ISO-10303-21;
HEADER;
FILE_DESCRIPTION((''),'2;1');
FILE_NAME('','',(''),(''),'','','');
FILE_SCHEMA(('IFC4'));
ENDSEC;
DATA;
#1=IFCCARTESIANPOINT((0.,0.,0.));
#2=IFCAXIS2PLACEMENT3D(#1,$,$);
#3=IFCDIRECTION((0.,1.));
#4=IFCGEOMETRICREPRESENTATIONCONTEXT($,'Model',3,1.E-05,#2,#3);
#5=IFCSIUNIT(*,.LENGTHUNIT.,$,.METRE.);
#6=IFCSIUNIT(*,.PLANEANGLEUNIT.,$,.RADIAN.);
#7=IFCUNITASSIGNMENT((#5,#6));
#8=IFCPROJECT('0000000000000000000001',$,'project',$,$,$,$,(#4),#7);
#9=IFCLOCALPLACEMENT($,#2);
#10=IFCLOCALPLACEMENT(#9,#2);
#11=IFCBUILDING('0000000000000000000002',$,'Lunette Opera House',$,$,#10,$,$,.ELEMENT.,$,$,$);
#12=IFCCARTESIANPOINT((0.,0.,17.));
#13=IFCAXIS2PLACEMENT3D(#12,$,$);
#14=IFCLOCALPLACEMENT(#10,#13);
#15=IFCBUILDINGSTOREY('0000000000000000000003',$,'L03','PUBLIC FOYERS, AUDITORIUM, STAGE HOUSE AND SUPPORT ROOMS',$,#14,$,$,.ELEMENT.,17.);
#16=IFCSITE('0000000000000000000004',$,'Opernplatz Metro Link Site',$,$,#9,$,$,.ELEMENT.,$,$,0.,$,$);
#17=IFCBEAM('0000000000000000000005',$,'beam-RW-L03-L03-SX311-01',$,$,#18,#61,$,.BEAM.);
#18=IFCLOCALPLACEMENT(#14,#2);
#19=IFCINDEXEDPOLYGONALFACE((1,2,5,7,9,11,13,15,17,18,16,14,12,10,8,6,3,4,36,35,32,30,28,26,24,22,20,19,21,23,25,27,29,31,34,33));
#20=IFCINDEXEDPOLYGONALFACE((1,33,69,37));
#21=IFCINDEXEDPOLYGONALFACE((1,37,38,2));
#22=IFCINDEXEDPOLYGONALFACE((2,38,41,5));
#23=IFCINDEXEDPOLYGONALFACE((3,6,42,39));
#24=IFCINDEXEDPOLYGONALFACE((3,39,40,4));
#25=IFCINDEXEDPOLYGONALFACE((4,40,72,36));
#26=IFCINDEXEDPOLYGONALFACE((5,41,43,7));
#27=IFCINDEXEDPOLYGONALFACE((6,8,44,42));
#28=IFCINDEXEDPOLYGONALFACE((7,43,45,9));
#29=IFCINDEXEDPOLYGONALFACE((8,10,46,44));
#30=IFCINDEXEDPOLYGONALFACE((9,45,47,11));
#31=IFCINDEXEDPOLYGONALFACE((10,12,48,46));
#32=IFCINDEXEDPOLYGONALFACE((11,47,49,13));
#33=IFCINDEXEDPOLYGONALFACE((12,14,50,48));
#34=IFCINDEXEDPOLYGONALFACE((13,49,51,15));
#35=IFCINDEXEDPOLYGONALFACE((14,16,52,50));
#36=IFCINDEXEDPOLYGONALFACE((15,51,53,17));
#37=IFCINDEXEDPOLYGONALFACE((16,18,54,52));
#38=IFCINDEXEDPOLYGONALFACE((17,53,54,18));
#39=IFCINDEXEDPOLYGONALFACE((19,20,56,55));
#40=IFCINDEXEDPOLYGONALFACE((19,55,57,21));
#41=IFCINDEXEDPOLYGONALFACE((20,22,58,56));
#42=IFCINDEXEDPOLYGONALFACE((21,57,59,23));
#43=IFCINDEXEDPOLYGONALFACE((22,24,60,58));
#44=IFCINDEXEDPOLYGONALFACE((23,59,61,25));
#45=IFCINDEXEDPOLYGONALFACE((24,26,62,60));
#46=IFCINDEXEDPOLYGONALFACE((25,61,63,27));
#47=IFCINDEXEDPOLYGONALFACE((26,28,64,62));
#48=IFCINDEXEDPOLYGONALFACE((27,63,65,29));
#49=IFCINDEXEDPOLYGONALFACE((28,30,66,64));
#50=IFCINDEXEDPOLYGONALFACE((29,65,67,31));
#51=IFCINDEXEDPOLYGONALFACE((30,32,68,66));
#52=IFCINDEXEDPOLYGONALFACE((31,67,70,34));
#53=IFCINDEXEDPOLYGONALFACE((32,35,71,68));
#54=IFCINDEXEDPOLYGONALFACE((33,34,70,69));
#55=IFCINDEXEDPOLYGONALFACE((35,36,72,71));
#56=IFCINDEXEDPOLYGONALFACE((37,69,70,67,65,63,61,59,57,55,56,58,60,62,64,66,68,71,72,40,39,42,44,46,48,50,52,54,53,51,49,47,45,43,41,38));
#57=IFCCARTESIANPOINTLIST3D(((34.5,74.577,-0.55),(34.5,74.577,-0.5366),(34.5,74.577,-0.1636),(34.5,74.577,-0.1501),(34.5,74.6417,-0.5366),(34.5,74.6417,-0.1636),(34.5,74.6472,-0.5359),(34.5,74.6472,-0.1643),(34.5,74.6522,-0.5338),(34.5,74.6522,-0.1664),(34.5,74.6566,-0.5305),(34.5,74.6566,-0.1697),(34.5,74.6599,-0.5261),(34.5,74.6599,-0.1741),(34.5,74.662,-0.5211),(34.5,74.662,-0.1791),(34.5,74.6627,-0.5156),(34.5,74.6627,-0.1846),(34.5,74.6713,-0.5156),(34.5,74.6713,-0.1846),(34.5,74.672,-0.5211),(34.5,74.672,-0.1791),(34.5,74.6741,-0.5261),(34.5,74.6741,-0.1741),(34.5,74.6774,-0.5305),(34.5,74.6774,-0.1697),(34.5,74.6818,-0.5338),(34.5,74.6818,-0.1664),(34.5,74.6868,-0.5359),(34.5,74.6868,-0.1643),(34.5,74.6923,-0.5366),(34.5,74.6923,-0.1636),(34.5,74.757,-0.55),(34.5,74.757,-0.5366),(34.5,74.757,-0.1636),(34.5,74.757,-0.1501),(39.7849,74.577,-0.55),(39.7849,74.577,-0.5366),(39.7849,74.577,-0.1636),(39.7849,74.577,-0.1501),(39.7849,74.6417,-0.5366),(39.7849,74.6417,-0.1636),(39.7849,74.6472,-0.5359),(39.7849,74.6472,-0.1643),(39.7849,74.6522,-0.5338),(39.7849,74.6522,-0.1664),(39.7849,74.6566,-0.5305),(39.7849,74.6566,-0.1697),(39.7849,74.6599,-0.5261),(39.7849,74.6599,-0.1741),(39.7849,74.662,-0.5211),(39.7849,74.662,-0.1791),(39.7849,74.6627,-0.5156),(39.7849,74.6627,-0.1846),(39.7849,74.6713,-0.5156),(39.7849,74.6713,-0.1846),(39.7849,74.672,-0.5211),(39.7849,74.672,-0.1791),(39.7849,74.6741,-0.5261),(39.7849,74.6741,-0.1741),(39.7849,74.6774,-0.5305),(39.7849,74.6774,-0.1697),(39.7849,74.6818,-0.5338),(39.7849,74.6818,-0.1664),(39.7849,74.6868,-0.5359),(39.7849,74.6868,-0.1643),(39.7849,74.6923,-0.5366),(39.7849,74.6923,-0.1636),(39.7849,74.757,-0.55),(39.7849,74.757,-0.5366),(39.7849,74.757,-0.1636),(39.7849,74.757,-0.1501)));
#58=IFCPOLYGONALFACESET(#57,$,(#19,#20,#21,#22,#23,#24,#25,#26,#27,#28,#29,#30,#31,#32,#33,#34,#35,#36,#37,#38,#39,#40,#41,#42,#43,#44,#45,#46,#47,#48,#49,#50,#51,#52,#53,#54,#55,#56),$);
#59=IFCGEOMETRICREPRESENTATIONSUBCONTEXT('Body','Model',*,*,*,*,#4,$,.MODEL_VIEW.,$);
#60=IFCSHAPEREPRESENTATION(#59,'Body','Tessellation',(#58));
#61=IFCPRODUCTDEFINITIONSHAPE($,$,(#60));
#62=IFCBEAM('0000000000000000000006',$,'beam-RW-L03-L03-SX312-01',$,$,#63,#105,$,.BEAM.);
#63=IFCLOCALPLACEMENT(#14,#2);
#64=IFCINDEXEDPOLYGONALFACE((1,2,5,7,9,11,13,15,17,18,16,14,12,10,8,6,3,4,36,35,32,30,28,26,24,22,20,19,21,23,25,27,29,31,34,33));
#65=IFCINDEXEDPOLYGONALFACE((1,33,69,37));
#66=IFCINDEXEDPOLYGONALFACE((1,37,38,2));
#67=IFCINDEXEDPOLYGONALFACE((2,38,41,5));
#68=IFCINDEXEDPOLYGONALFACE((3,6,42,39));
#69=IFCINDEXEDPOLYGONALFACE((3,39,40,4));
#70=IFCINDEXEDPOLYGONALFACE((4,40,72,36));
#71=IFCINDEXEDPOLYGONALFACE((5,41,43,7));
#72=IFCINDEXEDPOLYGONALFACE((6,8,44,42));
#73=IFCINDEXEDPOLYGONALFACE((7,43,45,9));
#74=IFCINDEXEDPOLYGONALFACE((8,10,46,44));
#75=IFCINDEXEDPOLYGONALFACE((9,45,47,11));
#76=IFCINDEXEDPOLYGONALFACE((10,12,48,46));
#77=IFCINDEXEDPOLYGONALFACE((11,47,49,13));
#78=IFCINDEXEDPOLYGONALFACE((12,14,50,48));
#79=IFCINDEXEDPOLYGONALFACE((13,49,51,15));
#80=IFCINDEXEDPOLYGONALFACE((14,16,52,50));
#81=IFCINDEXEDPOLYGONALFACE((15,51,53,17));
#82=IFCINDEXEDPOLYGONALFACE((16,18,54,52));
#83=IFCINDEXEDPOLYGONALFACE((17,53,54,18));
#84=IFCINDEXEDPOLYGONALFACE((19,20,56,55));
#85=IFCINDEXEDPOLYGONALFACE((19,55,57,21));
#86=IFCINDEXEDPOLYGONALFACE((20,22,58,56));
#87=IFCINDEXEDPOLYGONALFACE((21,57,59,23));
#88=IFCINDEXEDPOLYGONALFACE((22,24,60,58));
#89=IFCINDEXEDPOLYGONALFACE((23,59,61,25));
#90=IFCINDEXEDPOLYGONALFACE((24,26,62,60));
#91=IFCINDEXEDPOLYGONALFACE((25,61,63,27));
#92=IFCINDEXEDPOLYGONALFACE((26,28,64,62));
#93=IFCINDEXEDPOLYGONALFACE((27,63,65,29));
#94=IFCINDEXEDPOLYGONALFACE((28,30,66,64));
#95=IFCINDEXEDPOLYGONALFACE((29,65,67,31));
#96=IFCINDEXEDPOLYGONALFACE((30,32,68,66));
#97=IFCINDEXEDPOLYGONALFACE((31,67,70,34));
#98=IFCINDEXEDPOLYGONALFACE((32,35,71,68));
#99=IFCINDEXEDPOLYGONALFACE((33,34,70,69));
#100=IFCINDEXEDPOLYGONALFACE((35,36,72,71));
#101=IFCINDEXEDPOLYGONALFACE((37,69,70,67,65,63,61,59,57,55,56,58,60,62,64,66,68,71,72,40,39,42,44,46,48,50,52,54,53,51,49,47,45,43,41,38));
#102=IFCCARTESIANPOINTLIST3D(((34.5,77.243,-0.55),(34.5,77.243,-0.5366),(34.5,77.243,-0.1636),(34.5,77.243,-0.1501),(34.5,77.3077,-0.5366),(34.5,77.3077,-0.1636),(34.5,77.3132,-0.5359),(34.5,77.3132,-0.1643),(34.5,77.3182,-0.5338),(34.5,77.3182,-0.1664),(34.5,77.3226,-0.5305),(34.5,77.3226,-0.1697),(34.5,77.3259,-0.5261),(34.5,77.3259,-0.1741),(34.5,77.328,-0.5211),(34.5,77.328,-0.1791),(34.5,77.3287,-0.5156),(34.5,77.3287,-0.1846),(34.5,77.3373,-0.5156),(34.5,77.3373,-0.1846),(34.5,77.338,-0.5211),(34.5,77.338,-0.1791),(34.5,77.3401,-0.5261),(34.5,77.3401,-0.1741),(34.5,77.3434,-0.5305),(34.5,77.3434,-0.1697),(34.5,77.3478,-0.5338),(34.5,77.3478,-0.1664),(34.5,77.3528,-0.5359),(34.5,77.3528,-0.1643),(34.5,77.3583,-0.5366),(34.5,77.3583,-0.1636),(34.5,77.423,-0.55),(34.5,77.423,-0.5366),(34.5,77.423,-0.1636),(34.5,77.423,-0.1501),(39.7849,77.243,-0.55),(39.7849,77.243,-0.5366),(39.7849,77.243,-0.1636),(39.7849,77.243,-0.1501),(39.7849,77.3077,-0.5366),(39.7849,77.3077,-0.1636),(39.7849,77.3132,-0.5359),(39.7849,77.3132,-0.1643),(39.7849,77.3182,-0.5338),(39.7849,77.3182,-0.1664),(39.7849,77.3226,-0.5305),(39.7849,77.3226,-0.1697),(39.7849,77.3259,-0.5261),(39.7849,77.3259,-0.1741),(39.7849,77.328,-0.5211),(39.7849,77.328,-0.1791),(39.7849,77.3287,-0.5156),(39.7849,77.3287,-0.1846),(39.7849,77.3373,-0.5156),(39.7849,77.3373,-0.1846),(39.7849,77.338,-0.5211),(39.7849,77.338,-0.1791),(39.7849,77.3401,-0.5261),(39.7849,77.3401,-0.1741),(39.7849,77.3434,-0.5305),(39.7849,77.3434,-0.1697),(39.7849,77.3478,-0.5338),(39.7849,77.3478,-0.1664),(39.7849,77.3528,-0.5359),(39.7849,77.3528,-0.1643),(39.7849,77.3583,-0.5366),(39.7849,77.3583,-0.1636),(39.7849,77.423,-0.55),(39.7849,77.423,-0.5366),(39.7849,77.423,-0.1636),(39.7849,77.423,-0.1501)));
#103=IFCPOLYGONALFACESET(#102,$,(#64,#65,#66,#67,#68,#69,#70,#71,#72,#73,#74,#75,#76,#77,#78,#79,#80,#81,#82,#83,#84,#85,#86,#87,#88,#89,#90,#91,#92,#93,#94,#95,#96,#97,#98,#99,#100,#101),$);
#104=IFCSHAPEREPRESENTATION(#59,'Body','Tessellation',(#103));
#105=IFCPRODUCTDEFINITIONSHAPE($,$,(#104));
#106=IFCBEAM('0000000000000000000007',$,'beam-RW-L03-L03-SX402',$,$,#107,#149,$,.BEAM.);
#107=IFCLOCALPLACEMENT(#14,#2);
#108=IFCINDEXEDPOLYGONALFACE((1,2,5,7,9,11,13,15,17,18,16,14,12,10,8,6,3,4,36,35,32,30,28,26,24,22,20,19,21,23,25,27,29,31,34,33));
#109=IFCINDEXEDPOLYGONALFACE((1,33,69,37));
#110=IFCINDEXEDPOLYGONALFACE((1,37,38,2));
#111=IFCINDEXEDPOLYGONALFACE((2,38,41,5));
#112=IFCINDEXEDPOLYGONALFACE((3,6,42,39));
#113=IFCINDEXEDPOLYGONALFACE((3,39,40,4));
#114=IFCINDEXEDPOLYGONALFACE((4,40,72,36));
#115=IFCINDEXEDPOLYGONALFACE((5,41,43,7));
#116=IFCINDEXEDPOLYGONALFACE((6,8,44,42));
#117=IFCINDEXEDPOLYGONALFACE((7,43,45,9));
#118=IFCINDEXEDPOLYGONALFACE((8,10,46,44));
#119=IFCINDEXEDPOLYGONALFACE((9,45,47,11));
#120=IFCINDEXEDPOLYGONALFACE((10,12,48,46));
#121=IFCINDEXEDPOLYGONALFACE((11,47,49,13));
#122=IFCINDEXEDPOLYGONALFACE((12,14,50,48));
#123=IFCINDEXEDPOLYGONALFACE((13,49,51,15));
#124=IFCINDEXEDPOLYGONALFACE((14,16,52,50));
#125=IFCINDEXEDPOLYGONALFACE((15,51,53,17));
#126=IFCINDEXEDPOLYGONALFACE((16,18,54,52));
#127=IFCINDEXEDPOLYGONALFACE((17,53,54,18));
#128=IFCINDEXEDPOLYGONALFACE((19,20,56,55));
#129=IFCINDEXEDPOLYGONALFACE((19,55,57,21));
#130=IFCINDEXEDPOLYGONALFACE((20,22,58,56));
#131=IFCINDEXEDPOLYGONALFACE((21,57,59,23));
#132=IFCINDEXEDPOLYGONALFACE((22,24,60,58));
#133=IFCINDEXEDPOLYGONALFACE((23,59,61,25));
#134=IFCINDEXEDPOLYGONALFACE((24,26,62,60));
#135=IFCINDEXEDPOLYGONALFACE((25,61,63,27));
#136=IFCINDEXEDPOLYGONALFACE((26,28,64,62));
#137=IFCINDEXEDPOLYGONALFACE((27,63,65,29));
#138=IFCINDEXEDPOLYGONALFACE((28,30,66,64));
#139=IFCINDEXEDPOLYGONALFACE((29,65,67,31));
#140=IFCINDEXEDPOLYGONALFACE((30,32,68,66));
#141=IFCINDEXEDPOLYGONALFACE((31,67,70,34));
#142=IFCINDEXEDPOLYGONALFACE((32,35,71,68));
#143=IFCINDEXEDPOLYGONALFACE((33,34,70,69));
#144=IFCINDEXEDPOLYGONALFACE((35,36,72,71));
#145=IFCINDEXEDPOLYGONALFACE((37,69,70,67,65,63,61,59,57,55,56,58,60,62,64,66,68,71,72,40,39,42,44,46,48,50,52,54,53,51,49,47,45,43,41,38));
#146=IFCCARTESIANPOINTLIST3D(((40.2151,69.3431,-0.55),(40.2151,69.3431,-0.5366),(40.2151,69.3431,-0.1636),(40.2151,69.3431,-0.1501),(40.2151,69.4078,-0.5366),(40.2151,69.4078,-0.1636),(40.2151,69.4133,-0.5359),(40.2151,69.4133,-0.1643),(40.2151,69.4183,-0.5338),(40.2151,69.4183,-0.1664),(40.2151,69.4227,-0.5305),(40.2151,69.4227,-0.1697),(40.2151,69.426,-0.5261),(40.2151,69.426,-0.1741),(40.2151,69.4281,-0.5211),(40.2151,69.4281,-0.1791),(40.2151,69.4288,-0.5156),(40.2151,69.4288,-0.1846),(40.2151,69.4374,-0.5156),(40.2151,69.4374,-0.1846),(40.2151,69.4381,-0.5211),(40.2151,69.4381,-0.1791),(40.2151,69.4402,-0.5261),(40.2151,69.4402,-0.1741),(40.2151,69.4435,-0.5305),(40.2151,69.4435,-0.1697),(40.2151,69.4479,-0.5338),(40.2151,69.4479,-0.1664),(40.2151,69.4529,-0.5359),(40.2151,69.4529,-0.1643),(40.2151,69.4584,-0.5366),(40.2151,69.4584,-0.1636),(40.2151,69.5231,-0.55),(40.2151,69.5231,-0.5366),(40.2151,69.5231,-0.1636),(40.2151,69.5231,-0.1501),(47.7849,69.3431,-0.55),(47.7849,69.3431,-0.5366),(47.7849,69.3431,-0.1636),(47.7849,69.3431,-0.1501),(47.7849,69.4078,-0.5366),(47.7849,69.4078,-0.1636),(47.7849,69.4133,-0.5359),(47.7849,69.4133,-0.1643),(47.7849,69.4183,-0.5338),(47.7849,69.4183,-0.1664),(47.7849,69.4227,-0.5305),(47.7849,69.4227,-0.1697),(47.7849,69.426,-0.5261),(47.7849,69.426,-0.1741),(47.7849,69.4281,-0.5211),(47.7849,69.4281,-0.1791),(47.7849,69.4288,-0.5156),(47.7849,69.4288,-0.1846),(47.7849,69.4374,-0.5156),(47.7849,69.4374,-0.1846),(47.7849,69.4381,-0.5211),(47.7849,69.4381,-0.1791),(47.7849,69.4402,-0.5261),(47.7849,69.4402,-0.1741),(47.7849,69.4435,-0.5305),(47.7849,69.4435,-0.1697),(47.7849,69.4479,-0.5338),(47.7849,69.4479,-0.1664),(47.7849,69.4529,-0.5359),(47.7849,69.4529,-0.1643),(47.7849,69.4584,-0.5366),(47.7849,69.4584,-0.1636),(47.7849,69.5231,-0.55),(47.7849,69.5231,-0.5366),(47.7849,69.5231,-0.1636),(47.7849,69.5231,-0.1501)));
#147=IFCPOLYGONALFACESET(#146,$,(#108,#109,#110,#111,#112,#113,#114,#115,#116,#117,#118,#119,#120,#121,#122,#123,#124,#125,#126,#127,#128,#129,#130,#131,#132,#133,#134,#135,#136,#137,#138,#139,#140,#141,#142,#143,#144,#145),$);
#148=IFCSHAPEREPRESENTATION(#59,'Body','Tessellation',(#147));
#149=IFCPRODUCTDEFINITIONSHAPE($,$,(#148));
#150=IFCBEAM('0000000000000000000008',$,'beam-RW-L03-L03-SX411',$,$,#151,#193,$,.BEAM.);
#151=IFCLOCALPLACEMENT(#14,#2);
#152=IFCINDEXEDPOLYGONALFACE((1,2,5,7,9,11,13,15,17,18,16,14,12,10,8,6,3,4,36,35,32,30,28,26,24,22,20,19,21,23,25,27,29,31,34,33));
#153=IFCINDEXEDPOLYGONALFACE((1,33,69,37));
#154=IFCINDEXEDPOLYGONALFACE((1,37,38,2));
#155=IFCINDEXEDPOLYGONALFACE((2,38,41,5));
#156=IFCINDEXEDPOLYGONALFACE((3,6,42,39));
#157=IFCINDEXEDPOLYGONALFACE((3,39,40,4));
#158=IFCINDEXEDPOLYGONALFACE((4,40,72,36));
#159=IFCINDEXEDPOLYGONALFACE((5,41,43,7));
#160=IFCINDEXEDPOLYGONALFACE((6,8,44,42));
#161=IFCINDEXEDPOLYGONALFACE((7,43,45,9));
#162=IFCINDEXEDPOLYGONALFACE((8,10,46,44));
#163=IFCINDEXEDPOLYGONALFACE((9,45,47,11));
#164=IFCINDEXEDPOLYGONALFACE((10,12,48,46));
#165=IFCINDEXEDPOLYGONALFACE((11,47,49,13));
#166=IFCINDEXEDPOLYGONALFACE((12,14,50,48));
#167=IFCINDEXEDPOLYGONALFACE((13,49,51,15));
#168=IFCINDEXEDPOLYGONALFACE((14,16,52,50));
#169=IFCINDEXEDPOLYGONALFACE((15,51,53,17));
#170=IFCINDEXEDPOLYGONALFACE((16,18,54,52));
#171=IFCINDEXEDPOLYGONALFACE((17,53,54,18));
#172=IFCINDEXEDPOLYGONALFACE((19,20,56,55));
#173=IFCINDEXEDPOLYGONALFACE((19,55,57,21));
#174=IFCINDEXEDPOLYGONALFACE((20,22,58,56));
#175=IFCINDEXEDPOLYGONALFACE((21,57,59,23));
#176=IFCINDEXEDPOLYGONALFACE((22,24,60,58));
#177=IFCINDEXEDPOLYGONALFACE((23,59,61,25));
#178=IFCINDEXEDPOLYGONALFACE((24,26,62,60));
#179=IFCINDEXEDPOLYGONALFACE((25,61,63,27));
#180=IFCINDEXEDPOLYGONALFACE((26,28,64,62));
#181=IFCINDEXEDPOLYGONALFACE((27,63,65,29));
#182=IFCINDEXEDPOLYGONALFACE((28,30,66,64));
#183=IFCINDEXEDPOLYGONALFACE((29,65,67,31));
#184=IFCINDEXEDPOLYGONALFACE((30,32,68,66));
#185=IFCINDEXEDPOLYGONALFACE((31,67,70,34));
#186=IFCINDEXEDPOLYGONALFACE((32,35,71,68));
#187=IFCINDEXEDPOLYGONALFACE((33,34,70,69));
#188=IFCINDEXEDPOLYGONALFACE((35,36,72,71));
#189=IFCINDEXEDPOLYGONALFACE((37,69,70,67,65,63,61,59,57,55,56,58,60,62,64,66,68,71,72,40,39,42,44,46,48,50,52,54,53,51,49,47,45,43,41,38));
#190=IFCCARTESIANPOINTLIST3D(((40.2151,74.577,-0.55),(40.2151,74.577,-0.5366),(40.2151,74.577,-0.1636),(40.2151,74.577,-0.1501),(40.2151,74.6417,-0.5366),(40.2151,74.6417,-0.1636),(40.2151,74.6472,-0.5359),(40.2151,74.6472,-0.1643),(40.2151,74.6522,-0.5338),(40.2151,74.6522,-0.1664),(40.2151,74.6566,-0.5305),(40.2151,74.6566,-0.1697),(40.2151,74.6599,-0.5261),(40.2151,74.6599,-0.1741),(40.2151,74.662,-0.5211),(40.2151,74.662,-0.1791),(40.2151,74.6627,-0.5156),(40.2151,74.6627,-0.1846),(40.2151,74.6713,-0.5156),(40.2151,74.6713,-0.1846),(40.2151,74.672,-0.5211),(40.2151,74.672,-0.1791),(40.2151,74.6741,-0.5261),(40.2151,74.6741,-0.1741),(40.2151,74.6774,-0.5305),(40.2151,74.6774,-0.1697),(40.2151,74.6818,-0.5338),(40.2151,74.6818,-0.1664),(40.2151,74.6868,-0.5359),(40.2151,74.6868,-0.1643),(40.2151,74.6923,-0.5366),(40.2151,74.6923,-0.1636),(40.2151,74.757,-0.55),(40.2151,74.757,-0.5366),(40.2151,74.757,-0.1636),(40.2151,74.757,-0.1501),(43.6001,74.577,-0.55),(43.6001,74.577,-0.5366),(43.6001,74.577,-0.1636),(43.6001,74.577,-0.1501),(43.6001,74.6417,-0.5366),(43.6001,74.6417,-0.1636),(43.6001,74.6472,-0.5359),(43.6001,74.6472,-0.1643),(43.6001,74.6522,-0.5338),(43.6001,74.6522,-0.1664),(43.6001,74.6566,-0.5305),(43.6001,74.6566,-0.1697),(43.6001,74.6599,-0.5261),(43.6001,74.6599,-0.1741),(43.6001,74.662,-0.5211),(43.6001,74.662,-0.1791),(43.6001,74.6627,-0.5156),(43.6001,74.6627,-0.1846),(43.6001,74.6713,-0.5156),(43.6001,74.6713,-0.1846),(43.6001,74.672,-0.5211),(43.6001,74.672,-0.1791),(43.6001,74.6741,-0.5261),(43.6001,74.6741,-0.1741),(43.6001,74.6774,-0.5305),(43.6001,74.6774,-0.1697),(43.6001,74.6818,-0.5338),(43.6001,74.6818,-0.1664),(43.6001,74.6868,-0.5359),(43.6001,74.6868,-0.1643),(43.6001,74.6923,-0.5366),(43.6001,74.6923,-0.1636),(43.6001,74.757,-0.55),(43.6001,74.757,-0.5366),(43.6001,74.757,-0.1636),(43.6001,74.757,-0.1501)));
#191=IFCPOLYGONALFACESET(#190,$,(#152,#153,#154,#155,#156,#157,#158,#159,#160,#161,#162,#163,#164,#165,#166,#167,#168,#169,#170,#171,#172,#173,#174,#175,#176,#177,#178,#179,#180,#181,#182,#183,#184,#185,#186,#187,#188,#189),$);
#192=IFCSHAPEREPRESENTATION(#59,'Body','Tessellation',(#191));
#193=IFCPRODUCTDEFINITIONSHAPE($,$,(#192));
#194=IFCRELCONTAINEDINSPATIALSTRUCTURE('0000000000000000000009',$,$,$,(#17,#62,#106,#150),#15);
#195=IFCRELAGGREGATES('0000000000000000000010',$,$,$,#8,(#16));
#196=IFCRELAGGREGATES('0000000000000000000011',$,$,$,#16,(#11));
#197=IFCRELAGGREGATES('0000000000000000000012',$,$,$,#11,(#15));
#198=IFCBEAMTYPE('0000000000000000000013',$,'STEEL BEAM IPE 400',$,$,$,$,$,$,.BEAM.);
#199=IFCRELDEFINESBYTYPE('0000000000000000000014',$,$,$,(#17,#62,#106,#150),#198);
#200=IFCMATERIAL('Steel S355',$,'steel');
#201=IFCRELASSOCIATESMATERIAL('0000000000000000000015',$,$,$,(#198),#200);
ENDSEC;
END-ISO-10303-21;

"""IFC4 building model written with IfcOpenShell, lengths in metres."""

from ifc_helpers import new_model, si_unit, direction, frame, origin, origin_2d, place, context, subcontext, project, spatial, i_section, extrude, material, material_profile, profile_set, type_object, element, save


model = new_model("IFC4")

# Units and contexts
model_context = context("Model", 3, precision=1e-05, world=origin(), true_north=direction((0.0, 1.0)))
body_context = subcontext(model_context, "Body", "Model", "MODEL_VIEW")
ifc_project = project(units=[si_unit("LENGTHUNIT", "METRE"), si_unit("PLANEANGLEUNIT", "RADIAN")], contexts=[model_context])

# Site, building, storey
site_placement = place(None, origin())
site = spatial("IfcSite", under=ifc_project, at=site_placement, Name="Opernplatz Metro Link Site", CompositionType="ELEMENT", RefElevation=0.0)
building_placement = place(site_placement, origin())
building = spatial("IfcBuilding", under=site, at=building_placement, Name="Lunette Opera House", CompositionType="ELEMENT")
storey_placement = place(building_placement, frame((0.0, 0.0, 17.0)))
storey = spatial("IfcBuildingStorey", under=building, at=storey_placement, Name="L03", Description="PUBLIC FOYERS, AUDITORIUM, STAGE HOUSE AND SUPPORT ROOMS", CompositionType="ELEMENT", Elevation=17.0)

# Beams
ifc_material_1 = material(Name="Steel S355", Category="steel")
ifc_material_profile_1 = material_profile(ifc_material_1, i_section(OverallWidth=0.1799, OverallDepth=0.3999, WebThickness=0.0085, FlangeThickness=0.0134, FilletRadius=0.021, at=origin_2d()), Name="IPE 400")
ifc_profile_set_1 = profile_set([ifc_material_profile_1], Name="Steel S355")
beam_type_1 = type_object("IfcBeamType", Name="STEEL BEAM IPE 400", PredefinedType="BEAM", material=ifc_profile_set_1)
for number, where, z_axis, x_axis, name in (
    (1, (34.5, 74.667, -0.3501), (1.0, 0.0, 0.0), (0.0, 1.0, 0.0), "beam-RW-L03-L03-SX311-01"),
    (2, (34.5, 77.333, -0.3501), (1.0, 0.0, 0.0), (0.0, 1.0, 0.0), "beam-RW-L03-L03-SX312-01"),
):
    element("IfcBeam", number, at=place(storey_placement, frame(where, z_axis=z_axis, x_axis=x_axis)), inside=storey, type_object=beam_type_1, Name=name, PredefinedType="BEAM", context=body_context, shape_type="SweptSolid", body=[
        extrude(i_section(OverallWidth=0.1799, OverallDepth=0.3999, WebThickness=0.0085, FlangeThickness=0.0134, FilletRadius=0.021, at=origin_2d()), origin(), (0.0, 0.0, 1.0), 5.2849),
    ])
beam_placement = place(storey_placement, frame((40.2151, 69.4331, -0.3501), z_axis=(1.0, 0.0, 0.0), x_axis=(0.0, 1.0, 0.0)))
element("IfcBeam", 3, at=beam_placement, inside=storey, type_object=beam_type_1, Name="beam-RW-L03-L03-SX402", PredefinedType="BEAM", context=body_context, shape_type="SweptSolid", body=[
    extrude(i_section(OverallWidth=0.1799, OverallDepth=0.3999, WebThickness=0.0085, FlangeThickness=0.0134, FilletRadius=0.021, at=origin_2d()), origin(), (0.0, 0.0, 1.0), 7.5698),
])
for number, where, z_axis, x_axis, name in (
    (4, (40.2151, 74.667, -0.3501), (1.0, 0.0, 0.0), (0.0, 1.0, 0.0), "beam-RW-L03-L03-SX411"),
):
    element("IfcBeam", number, at=place(storey_placement, frame(where, z_axis=z_axis, x_axis=x_axis)), inside=storey, type_object=beam_type_1, Name=name, PredefinedType="BEAM", context=body_context, shape_type="SweptSolid", body=[
        extrude(i_section(OverallWidth=0.1799, OverallDepth=0.3999, WebThickness=0.0085, FlangeThickness=0.0134, FilletRadius=0.021, at=origin_2d()), origin(), (0.0, 0.0, 1.0), 3.385),
    ])

save(model, "model.ifc")
